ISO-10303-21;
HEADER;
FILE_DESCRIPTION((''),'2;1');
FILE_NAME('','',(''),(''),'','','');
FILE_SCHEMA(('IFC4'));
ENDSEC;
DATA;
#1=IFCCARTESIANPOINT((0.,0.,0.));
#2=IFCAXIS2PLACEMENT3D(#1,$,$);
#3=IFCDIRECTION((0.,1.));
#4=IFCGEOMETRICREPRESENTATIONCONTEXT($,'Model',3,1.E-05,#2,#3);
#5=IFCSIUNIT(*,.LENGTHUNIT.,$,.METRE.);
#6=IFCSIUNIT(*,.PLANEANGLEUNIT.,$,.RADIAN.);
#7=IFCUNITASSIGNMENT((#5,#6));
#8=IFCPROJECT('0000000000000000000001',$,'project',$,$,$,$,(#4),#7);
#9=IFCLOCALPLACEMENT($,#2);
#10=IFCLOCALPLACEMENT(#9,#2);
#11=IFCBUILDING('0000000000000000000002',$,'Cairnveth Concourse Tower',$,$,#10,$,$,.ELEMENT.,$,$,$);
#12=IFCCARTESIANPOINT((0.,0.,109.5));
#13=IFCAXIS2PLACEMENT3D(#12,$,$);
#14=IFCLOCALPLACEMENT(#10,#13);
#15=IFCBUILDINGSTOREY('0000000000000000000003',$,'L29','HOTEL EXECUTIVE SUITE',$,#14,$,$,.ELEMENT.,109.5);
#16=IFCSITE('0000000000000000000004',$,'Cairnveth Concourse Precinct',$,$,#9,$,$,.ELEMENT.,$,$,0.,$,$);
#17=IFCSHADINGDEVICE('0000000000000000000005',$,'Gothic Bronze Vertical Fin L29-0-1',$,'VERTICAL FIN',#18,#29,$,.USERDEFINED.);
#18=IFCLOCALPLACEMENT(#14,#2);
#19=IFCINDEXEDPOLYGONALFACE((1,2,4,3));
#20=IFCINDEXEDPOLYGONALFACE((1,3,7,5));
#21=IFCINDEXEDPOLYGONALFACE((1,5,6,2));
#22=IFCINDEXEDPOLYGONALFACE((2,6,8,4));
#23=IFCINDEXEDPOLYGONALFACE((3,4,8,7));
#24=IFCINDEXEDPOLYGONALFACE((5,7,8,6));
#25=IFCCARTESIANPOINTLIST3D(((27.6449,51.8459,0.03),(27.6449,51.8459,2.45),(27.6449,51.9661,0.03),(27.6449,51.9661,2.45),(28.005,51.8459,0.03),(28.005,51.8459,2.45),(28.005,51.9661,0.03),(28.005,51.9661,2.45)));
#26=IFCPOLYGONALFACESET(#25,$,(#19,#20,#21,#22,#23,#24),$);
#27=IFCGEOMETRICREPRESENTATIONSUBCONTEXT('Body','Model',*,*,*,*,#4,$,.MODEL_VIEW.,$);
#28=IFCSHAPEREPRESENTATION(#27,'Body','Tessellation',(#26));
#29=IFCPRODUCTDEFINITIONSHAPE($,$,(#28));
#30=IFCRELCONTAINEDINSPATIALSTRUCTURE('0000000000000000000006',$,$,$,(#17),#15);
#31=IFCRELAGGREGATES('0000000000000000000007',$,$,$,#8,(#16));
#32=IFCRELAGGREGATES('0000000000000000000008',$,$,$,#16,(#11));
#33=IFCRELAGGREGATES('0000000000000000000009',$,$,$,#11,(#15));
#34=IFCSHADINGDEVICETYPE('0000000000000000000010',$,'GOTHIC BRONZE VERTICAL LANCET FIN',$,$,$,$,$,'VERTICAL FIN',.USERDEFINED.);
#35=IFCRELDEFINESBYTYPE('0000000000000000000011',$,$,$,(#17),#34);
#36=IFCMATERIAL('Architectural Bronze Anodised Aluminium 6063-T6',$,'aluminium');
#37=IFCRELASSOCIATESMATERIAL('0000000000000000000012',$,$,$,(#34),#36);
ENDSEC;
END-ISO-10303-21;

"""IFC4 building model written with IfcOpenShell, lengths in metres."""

from ifc_helpers import new_model, si_unit, direction, frame, origin, origin_2d, place, context, subcontext, project, spatial, rectangle, extrude, material, type_object, element, save


model = new_model("IFC4")

# Units and contexts
model_context = context("Model", 3, precision=1e-05, world=origin(), true_north=direction((0.0, 1.0)))
body_context = subcontext(model_context, "Body", "Model", "MODEL_VIEW")
ifc_project = project(units=[si_unit("LENGTHUNIT", "METRE"), si_unit("PLANEANGLEUNIT", "RADIAN")], contexts=[model_context])

# Site, building, storey
site_placement = place(None, origin())
site = spatial("IfcSite", under=ifc_project, at=site_placement, Name="Cairnveth Concourse Precinct", CompositionType="ELEMENT", RefElevation=0.0)
building_placement = place(site_placement, origin())
building = spatial("IfcBuilding", under=site, at=building_placement, Name="Cairnveth Concourse Tower", CompositionType="ELEMENT")
storey_placement = place(building_placement, frame((0.0, 0.0, 109.5)))
storey = spatial("IfcBuildingStorey", under=building, at=storey_placement, Name="L29", Description="HOTEL EXECUTIVE SUITE", CompositionType="ELEMENT", Elevation=109.5)

# Shading device
ifc_material_1 = material(Name="Architectural Bronze Anodised Aluminium 6063-T6", Category="aluminium")
shading_device_type = type_object("IfcShadingDeviceType", Name="GOTHIC BRONZE VERTICAL LANCET FIN", ElementType="VERTICAL FIN", PredefinedType="USERDEFINED", material=ifc_material_1)
shading_device_placement = place(storey_placement, frame((27.825, 51.906, 0.03), z_axis=(0.0, 0.0, 1.0), x_axis=(0.0, 1.0, 0.0)))
element("IfcShadingDevice", 1, at=shading_device_placement, inside=storey, type_object=shading_device_type, Name="Gothic Bronze Vertical Fin L29-0-1", ObjectType="VERTICAL FIN", PredefinedType="USERDEFINED", context=body_context, shape_type="SweptSolid", body=[
    extrude(rectangle(XDim=0.1201, YDim=0.3601, at=origin_2d()), origin(), (0.0, 0.0, 1.0), 2.4199),
])

save(model, "model.ifc")
